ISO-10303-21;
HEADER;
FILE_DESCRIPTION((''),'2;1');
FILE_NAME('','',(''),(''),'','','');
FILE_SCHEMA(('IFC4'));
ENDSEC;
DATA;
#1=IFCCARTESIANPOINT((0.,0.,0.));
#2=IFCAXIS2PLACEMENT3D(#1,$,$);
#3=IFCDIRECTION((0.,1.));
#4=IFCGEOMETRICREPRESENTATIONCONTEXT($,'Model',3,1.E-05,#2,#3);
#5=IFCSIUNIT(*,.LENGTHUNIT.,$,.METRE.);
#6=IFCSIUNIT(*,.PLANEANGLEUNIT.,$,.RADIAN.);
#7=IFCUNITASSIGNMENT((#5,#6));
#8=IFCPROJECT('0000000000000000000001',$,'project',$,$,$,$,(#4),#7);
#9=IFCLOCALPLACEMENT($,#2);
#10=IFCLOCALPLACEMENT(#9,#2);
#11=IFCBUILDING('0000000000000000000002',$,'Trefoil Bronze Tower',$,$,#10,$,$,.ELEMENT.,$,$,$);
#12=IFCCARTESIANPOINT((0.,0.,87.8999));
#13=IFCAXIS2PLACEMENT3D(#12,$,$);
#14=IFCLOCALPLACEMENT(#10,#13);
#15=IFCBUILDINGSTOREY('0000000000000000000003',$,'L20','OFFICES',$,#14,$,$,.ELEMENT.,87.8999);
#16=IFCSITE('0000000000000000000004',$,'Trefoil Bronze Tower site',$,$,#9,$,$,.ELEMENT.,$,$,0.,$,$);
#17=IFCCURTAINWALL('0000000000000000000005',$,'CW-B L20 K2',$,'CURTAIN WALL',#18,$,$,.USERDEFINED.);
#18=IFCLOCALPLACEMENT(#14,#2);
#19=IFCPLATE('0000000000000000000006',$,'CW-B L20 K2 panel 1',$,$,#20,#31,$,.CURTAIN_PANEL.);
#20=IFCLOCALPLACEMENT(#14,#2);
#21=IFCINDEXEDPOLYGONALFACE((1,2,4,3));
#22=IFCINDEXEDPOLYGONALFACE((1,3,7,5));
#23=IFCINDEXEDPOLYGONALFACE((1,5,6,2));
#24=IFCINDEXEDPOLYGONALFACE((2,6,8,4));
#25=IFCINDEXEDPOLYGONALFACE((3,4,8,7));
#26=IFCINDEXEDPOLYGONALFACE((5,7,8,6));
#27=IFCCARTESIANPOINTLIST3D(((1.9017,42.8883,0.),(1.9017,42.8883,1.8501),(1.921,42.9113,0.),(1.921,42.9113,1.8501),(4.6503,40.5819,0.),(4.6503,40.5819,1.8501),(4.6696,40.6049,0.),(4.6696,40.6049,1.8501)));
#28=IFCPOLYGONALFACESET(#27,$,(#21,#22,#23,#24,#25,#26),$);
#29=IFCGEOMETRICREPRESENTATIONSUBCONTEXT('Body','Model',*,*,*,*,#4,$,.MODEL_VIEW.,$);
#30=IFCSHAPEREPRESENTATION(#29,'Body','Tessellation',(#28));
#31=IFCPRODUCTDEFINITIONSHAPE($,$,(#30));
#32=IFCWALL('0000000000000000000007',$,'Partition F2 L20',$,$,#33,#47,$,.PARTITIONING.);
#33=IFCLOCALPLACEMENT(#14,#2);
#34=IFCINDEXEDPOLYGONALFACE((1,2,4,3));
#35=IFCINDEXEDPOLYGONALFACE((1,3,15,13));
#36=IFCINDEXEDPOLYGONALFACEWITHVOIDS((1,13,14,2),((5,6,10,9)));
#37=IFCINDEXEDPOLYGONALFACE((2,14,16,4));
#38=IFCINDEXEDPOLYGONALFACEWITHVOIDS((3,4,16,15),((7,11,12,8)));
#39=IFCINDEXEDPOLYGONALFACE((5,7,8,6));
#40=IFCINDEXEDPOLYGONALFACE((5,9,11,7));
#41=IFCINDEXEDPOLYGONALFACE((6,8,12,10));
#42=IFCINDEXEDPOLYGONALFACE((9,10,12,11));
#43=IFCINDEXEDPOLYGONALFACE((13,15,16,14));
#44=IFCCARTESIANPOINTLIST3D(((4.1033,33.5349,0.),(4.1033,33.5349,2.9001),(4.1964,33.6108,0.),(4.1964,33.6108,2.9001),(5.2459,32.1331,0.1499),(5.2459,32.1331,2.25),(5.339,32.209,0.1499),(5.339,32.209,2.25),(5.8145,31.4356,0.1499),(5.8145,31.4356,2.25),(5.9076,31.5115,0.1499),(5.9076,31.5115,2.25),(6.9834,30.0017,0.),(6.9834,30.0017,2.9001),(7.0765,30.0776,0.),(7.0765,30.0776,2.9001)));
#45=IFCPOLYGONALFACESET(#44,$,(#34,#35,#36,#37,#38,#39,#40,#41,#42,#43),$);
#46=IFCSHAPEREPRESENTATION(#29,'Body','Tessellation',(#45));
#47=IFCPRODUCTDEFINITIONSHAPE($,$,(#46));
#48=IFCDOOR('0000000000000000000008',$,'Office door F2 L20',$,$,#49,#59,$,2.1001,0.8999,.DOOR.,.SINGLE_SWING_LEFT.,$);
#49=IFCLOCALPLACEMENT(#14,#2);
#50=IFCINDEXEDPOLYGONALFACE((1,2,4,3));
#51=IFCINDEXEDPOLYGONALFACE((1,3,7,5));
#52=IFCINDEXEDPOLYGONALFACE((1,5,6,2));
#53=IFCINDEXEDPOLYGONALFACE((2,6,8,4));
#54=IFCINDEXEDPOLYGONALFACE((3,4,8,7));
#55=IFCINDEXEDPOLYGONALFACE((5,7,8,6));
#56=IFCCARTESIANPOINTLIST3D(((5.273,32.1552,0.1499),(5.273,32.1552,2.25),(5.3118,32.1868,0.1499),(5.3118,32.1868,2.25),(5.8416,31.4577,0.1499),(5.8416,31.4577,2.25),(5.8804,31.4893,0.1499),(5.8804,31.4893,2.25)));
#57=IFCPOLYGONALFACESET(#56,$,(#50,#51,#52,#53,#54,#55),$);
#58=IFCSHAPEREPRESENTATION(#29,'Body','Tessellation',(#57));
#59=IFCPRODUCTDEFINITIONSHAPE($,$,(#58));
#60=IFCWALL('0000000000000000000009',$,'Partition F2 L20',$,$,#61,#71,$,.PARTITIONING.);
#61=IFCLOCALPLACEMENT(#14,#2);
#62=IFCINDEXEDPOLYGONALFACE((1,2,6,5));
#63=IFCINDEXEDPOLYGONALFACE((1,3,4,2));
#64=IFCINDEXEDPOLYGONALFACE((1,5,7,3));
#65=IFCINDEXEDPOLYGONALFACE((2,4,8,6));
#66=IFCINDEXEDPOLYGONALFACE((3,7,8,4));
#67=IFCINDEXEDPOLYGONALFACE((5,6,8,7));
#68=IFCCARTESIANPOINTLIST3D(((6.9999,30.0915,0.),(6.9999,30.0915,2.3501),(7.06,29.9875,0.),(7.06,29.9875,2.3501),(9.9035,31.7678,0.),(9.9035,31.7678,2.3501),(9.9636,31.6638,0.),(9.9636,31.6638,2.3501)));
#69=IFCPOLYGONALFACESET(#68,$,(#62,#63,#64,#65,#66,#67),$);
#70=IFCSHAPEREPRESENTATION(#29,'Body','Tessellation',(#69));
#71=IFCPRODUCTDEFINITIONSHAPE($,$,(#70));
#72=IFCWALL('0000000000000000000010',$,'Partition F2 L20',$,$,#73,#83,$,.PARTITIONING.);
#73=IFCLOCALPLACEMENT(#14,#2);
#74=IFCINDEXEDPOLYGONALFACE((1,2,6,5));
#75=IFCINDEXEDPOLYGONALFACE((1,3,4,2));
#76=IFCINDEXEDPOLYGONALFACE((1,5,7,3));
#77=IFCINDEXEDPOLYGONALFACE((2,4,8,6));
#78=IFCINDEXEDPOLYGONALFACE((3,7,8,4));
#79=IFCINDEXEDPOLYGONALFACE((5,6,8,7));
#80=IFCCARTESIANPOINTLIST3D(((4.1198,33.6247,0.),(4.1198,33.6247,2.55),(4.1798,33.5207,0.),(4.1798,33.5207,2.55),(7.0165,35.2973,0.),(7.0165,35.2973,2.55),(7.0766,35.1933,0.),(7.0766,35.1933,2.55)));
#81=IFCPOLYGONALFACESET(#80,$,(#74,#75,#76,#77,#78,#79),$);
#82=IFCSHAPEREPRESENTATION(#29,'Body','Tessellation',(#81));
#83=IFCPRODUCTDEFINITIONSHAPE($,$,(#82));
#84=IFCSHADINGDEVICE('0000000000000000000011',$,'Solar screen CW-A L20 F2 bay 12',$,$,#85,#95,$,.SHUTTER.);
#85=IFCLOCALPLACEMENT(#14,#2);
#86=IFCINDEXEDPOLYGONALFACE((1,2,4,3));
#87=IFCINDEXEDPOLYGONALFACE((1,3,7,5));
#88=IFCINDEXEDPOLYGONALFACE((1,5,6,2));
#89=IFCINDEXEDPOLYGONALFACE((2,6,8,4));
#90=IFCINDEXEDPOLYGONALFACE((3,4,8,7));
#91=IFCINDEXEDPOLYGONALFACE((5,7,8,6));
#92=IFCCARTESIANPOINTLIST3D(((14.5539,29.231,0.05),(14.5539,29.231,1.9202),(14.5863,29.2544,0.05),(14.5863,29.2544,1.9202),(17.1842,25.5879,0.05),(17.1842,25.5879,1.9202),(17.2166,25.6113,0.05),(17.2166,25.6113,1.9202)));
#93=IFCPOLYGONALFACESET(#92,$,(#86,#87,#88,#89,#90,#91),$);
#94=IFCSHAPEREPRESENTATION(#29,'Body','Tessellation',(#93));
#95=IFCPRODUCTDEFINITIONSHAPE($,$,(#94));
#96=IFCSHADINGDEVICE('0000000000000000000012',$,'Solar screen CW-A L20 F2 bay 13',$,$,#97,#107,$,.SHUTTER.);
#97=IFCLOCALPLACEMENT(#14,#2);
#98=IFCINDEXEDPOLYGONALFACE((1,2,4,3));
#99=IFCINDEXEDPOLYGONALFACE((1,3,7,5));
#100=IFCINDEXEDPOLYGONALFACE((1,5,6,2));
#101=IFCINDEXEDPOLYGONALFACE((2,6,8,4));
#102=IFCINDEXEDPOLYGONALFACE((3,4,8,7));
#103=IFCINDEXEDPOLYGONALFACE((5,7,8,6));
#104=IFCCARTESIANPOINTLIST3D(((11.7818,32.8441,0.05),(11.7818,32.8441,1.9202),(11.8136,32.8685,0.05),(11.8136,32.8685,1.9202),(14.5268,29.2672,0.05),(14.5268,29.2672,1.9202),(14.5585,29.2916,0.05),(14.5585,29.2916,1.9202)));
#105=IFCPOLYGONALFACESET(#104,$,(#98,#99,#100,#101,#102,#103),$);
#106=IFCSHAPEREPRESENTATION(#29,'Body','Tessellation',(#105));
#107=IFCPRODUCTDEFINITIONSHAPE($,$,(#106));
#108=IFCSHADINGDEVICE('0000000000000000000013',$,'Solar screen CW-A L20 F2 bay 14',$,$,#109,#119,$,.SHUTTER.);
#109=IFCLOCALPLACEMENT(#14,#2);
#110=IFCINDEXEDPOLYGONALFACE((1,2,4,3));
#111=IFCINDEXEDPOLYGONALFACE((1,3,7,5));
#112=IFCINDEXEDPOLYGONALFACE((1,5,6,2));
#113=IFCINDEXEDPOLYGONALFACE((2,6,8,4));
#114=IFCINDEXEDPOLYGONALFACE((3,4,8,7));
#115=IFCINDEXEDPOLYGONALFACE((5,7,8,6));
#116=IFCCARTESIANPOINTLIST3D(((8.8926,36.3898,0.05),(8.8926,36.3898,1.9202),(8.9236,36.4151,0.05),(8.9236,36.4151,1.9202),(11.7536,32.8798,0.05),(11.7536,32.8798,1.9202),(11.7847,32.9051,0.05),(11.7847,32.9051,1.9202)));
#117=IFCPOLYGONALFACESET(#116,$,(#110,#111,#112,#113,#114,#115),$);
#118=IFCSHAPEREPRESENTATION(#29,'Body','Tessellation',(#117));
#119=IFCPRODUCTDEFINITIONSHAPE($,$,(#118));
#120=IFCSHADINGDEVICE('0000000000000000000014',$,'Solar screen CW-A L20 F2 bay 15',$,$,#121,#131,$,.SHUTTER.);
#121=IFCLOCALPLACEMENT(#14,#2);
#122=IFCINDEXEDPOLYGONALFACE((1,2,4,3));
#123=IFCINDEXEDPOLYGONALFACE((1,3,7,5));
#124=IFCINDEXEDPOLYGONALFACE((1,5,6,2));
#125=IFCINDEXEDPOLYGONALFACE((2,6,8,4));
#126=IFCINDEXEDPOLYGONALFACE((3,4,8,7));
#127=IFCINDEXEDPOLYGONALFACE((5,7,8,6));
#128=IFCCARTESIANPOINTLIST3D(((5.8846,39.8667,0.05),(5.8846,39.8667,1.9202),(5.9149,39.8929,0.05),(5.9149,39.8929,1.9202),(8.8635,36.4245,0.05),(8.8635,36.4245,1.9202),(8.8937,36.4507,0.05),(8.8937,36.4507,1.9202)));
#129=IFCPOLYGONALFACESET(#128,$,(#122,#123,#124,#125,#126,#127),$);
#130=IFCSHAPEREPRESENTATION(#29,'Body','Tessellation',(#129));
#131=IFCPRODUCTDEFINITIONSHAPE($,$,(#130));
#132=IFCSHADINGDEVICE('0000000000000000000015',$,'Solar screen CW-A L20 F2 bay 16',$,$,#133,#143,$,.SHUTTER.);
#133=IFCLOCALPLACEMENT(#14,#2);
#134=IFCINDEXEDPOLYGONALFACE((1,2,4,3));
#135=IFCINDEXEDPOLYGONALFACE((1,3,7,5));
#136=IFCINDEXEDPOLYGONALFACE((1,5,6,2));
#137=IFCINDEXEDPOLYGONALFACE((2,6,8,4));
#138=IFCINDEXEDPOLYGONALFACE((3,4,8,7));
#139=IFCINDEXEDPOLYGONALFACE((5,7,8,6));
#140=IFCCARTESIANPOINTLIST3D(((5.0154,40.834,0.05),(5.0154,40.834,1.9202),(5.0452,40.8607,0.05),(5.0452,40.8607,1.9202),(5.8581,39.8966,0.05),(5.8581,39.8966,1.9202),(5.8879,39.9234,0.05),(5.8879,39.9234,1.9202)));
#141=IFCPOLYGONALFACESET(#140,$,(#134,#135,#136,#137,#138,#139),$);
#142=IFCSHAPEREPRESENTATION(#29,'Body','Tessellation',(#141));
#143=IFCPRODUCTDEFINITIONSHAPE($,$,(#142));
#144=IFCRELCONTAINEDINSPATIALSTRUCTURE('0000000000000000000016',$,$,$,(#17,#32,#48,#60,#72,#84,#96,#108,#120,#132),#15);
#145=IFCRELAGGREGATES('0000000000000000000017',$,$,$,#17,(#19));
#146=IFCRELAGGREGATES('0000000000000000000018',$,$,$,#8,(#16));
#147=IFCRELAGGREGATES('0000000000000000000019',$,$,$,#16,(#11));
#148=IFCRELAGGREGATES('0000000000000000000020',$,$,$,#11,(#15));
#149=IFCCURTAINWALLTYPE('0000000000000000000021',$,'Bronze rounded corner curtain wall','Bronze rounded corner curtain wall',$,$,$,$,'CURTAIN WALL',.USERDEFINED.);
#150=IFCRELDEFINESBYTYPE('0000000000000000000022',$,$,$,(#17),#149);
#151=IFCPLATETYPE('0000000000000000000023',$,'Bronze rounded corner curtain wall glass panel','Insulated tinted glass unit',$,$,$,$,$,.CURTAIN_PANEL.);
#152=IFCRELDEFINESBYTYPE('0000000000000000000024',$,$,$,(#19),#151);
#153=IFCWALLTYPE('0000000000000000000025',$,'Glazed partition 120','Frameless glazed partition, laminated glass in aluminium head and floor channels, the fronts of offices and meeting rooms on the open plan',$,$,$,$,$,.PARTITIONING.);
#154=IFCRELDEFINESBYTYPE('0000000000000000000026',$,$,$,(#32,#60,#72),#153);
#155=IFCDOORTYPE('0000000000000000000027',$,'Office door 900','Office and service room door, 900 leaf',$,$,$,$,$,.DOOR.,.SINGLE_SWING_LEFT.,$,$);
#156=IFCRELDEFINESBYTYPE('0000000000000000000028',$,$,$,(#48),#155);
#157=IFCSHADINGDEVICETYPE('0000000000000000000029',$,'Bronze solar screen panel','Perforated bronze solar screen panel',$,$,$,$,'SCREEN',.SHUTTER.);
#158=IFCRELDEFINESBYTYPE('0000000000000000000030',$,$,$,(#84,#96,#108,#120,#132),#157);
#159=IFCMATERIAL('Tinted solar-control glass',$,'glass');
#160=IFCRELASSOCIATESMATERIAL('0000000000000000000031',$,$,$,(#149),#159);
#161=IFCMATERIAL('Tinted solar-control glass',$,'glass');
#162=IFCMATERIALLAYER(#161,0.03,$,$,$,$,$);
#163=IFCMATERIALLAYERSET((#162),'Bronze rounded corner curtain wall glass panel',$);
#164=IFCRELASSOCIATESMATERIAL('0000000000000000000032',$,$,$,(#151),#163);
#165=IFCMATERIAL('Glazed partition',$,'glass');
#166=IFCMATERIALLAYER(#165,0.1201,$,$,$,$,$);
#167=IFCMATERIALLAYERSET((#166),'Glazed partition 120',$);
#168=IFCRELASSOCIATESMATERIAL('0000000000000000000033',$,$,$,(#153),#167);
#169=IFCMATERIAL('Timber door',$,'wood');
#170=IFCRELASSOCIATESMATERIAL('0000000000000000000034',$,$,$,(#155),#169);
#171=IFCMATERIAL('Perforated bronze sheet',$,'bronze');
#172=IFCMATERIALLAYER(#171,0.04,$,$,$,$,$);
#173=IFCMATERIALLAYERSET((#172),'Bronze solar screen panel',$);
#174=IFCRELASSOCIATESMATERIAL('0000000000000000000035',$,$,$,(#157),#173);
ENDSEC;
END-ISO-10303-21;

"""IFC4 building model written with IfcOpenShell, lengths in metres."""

from ifc_helpers import new_model, si_unit, direction, frame, frame_2d, origin, origin_2d, place, context, subcontext, project, spatial, rectangle, extrude, material, layer, layer_set, type_object, element, fill, aggregate, save


model = new_model("IFC4")

# Units and contexts
model_context = context("Model", 3, precision=1e-05, world=origin(), true_north=direction((0.0, 1.0)))
body_context = subcontext(model_context, "Body", "Model", "MODEL_VIEW")
ifc_project = project(units=[si_unit("LENGTHUNIT", "METRE"), si_unit("PLANEANGLEUNIT", "RADIAN")], contexts=[model_context])

# Site, building, storey
site_placement = place(None, origin())
site = spatial("IfcSite", under=ifc_project, at=site_placement, Name="Trefoil Bronze Tower site", CompositionType="ELEMENT", RefElevation=0.0)
building_placement = place(site_placement, origin())
building = spatial("IfcBuilding", under=site, at=building_placement, Name="Trefoil Bronze Tower", CompositionType="ELEMENT")
storey_placement = place(building_placement, frame((0.0, 0.0, 87.8999)))
storey = spatial("IfcBuildingStorey", under=building, at=storey_placement, Name="L20", Description="OFFICES", CompositionType="ELEMENT", Elevation=87.8999)

# Curtain wall
ifc_material_1 = material(Name="Tinted solar-control glass", Category="glass")
curtain_wall_type_1 = type_object("IfcCurtainWallType", Name="Bronze rounded corner curtain wall", Description="Bronze rounded corner curtain wall", ElementType="CURTAIN WALL", PredefinedType="USERDEFINED", material=ifc_material_1)
curtain_wall_1_placement = place(storey_placement, origin())
curtain_wall_1 = element("IfcCurtainWall", 1, at=curtain_wall_1_placement, inside=storey, type_object=curtain_wall_type_1, Name="CW-B L20 K2", ObjectType="CURTAIN WALL", PredefinedType="USERDEFINED")

# Plate
ifc_material_2 = material(Name="Tinted solar-control glass", Category="glass")
ifc_layer_1 = layer(ifc_material_2, 0.03)
ifc_layer_set_1 = layer_set([ifc_layer_1], Name="Bronze rounded corner curtain wall glass panel")
plate_type_1 = type_object("IfcPlateType", Name="Bronze rounded corner curtain wall glass panel", Description="Insulated tinted glass unit", PredefinedType="CURTAIN_PANEL", material=ifc_layer_set_1)
plate_1_placement = place(storey_placement, frame((3.2856, 41.7466, 0.0), z_axis=(0.0, 0.0, 1.0), x_axis=(-0.766044, 0.642788, 0.0)))
plate_1 = element("IfcPlate", 2, at=plate_1_placement, type_object=plate_type_1, Name="CW-B L20 K2 panel 1", PredefinedType="CURTAIN_PANEL", context=body_context, shape_type="SweptSolid", body=[
    extrude(rectangle(XDim=3.5881, YDim=0.03, at=origin_2d()), origin(), (0.0, 0.0, 1.0), 1.8501),
])
aggregate(curtain_wall_1, [plate_1])

# Wall, opening, door
ifc_material_3 = material(Name="Glazed partition", Category="glass")
ifc_layer_2 = layer(ifc_material_3, 0.1201)
ifc_layer_set_2 = layer_set([ifc_layer_2], Name="Glazed partition 120")
wall_type = type_object("IfcWallType", Name="Glazed partition 120", Description="Frameless glazed partition, laminated glass in aluminium head and floor channels, the fronts of offices and meeting rooms on the open plan", PredefinedType="PARTITIONING", material=ifc_layer_set_2)
wall_1_placement = place(storey_placement, frame((7.03, 30.0396, 0.0), z_axis=(0.0, 0.0, 1.0), x_axis=(-0.631834, 0.775104, 0.0)))
wall_1 = element("IfcWall", 3, at=wall_1_placement, inside=storey, type_object=wall_type, Name="Partition F2 L20", PredefinedType="PARTITIONING", context=body_context, shape_type="SweptSolid", body=[
    extrude(rectangle(XDim=4.5583, YDim=0.1201, at=frame_2d((2.2793, 0.0))), origin(), (0.0, 0.0, 1.0), 2.9001),
])
opening_placement = place(wall_1_placement, frame((1.8501, 0.0, 0.1499)))
opening = element("IfcOpeningElement", 4, at=opening_placement, cuts=wall_1, PredefinedType="OPENING", context=body_context, shape_type="SweptSolid", body=[
    extrude(rectangle(XDim=0.8999, YDim=2.1001, at=frame_2d((0.45, 1.05))), frame((0.0, 0.0701, 0.0), z_axis=(0.0, -1.0, 0.0), x_axis=(1.0, 0.0, 0.0)), (0.0, 0.0, 1.0), 0.1401),
])
ifc_material_4 = material(Name="Timber door", Category="wood")
door_type = type_object("IfcDoorType", Name="Office door 900", Description="Office and service room door, 900 leaf", OperationType="SINGLE_SWING_LEFT", PredefinedType="DOOR", material=ifc_material_4)
door_placement = place(opening_placement, frame((0.8999, 0.0, 0.0), z_axis=(0.0, 0.0, 1.0), x_axis=(-1.0, 0.0, 0.0)))
door = element("IfcDoor", 5, at=door_placement, inside=storey, type_object=door_type, Name="Office door F2 L20", OperationType="SINGLE_SWING_LEFT", OverallHeight=2.1001, OverallWidth=0.8999, PredefinedType="DOOR", context=body_context, shape_type="SweptSolid", body=[
    extrude(rectangle(XDim=0.8999, YDim=2.1001, at=frame_2d((0.45, 1.05))), frame((0.0, 0.0249, 0.0), z_axis=(0.0, -1.0, 0.0), x_axis=(1.0, 0.0, 0.0)), (0.0, 0.0, 1.0), 0.05),
])
fill(opening, door)

# Walls
wall_2_placement = place(storey_placement, frame((7.03, 30.0396, 0.0), z_axis=(0.0, 0.0, 1.0), x_axis=(0.866039, 0.499977, 0.0)))
element("IfcWall", 6, at=wall_2_placement, inside=storey, type_object=wall_type, Name="Partition F2 L20", PredefinedType="PARTITIONING", context=body_context, shape_type="SweptSolid", body=[
    extrude(rectangle(XDim=3.3528, YDim=0.1201, at=frame_2d((1.6763, 0.0))), origin(), (0.0, 0.0, 1.0), 2.3501),
])
wall_3_placement = place(storey_placement, frame((4.1499, 33.5728, 0.0), z_axis=(0.0, 0.0, 1.0), x_axis=(0.866002, 0.50004, 0.0)))
element("IfcWall", 7, at=wall_3_placement, inside=storey, type_object=wall_type, Name="Partition F2 L20", PredefinedType="PARTITIONING", context=body_context, shape_type="SweptSolid", body=[
    extrude(rectangle(XDim=3.345, YDim=0.1201, at=frame_2d((1.6724, 0.0))), origin(), (0.0, 0.0, 1.0), 2.55),
])

# Shading devices
ifc_material_5 = material(Name="Perforated bronze sheet", Category="bronze")
ifc_layer_3 = layer(ifc_material_5, 0.04)
ifc_layer_set_3 = layer_set([ifc_layer_3], Name="Bronze solar screen panel")
shading_device_type = type_object("IfcShadingDeviceType", Name="Bronze solar screen panel", Description="Perforated bronze solar screen panel", ElementType="SCREEN", PredefinedType="SHUTTER", material=ifc_layer_set_3)
shading_device_1_placement = place(storey_placement, frame((15.8853, 27.4211, 0.05), z_axis=(0.0, 0.0, 1.0), x_axis=(-0.585373, 0.810764, 0.0)))
element("IfcShadingDevice", 8, at=shading_device_1_placement, inside=storey, type_object=shading_device_type, Name="Solar screen CW-A L20 F2 bay 12", PredefinedType="SHUTTER", context=body_context, shape_type="SweptSolid", body=[
    extrude(rectangle(XDim=4.4934, YDim=0.04, at=origin_2d()), origin(), (0.0, 0.0, 1.0), 1.8701),
])
shading_device_2_placement = place(storey_placement, frame((13.1702, 31.0679, 0.05), z_axis=(0.0, 0.0, 1.0), x_axis=(-0.608808, 0.793318, 0.0)))
element("IfcShadingDevice", 9, at=shading_device_2_placement, inside=storey, type_object=shading_device_type, Name="Solar screen CW-A L20 F2 bay 13", PredefinedType="SHUTTER", context=body_context, shape_type="SweptSolid", body=[
    extrude(rectangle(XDim=4.5088, YDim=0.04, at=origin_2d()), origin(), (0.0, 0.0, 1.0), 1.8701),
])
shading_device_3_placement = place(storey_placement, frame((10.3386, 34.6475, 0.05), z_axis=(0.0, 0.0, 1.0), x_axis=(-0.631811, 0.775123, 0.0)))
element("IfcShadingDevice", 10, at=shading_device_3_placement, inside=storey, type_object=shading_device_type, Name="Solar screen CW-A L20 F2 bay 14", PredefinedType="SHUTTER", context=body_context, shape_type="SweptSolid", body=[
    extrude(rectangle(XDim=4.5283, YDim=0.04, at=origin_2d()), origin(), (0.0, 0.0, 1.0), 1.8701),
])
shading_device_4_placement = place(storey_placement, frame((7.3892, 38.1587, 0.05), z_axis=(0.0, 0.0, 1.0), x_axis=(-0.654376, 0.756169, 0.0)))
element("IfcShadingDevice", 11, at=shading_device_4_placement, inside=storey, type_object=shading_device_type, Name="Solar screen CW-A L20 F2 bay 15", PredefinedType="SHUTTER", context=body_context, shape_type="SweptSolid", body=[
    extrude(rectangle(XDim=4.5522, YDim=0.04, at=origin_2d()), origin(), (0.0, 0.0, 1.0), 1.8701),
])
shading_device_5_placement = place(storey_placement, frame((5.4517, 40.3787, 0.05), z_axis=(0.0, 0.0, 1.0), x_axis=(-0.668575, 0.743645, 0.0)))
element("IfcShadingDevice", 12, at=shading_device_5_placement, inside=storey, type_object=shading_device_type, Name="Solar screen CW-A L20 F2 bay 16", PredefinedType="SHUTTER", context=body_context, shape_type="SweptSolid", body=[
    extrude(rectangle(XDim=1.2605, YDim=0.04, at=origin_2d()), origin(), (0.0, 0.0, 1.0), 1.8701),
])

save(model, "model.ifc")
